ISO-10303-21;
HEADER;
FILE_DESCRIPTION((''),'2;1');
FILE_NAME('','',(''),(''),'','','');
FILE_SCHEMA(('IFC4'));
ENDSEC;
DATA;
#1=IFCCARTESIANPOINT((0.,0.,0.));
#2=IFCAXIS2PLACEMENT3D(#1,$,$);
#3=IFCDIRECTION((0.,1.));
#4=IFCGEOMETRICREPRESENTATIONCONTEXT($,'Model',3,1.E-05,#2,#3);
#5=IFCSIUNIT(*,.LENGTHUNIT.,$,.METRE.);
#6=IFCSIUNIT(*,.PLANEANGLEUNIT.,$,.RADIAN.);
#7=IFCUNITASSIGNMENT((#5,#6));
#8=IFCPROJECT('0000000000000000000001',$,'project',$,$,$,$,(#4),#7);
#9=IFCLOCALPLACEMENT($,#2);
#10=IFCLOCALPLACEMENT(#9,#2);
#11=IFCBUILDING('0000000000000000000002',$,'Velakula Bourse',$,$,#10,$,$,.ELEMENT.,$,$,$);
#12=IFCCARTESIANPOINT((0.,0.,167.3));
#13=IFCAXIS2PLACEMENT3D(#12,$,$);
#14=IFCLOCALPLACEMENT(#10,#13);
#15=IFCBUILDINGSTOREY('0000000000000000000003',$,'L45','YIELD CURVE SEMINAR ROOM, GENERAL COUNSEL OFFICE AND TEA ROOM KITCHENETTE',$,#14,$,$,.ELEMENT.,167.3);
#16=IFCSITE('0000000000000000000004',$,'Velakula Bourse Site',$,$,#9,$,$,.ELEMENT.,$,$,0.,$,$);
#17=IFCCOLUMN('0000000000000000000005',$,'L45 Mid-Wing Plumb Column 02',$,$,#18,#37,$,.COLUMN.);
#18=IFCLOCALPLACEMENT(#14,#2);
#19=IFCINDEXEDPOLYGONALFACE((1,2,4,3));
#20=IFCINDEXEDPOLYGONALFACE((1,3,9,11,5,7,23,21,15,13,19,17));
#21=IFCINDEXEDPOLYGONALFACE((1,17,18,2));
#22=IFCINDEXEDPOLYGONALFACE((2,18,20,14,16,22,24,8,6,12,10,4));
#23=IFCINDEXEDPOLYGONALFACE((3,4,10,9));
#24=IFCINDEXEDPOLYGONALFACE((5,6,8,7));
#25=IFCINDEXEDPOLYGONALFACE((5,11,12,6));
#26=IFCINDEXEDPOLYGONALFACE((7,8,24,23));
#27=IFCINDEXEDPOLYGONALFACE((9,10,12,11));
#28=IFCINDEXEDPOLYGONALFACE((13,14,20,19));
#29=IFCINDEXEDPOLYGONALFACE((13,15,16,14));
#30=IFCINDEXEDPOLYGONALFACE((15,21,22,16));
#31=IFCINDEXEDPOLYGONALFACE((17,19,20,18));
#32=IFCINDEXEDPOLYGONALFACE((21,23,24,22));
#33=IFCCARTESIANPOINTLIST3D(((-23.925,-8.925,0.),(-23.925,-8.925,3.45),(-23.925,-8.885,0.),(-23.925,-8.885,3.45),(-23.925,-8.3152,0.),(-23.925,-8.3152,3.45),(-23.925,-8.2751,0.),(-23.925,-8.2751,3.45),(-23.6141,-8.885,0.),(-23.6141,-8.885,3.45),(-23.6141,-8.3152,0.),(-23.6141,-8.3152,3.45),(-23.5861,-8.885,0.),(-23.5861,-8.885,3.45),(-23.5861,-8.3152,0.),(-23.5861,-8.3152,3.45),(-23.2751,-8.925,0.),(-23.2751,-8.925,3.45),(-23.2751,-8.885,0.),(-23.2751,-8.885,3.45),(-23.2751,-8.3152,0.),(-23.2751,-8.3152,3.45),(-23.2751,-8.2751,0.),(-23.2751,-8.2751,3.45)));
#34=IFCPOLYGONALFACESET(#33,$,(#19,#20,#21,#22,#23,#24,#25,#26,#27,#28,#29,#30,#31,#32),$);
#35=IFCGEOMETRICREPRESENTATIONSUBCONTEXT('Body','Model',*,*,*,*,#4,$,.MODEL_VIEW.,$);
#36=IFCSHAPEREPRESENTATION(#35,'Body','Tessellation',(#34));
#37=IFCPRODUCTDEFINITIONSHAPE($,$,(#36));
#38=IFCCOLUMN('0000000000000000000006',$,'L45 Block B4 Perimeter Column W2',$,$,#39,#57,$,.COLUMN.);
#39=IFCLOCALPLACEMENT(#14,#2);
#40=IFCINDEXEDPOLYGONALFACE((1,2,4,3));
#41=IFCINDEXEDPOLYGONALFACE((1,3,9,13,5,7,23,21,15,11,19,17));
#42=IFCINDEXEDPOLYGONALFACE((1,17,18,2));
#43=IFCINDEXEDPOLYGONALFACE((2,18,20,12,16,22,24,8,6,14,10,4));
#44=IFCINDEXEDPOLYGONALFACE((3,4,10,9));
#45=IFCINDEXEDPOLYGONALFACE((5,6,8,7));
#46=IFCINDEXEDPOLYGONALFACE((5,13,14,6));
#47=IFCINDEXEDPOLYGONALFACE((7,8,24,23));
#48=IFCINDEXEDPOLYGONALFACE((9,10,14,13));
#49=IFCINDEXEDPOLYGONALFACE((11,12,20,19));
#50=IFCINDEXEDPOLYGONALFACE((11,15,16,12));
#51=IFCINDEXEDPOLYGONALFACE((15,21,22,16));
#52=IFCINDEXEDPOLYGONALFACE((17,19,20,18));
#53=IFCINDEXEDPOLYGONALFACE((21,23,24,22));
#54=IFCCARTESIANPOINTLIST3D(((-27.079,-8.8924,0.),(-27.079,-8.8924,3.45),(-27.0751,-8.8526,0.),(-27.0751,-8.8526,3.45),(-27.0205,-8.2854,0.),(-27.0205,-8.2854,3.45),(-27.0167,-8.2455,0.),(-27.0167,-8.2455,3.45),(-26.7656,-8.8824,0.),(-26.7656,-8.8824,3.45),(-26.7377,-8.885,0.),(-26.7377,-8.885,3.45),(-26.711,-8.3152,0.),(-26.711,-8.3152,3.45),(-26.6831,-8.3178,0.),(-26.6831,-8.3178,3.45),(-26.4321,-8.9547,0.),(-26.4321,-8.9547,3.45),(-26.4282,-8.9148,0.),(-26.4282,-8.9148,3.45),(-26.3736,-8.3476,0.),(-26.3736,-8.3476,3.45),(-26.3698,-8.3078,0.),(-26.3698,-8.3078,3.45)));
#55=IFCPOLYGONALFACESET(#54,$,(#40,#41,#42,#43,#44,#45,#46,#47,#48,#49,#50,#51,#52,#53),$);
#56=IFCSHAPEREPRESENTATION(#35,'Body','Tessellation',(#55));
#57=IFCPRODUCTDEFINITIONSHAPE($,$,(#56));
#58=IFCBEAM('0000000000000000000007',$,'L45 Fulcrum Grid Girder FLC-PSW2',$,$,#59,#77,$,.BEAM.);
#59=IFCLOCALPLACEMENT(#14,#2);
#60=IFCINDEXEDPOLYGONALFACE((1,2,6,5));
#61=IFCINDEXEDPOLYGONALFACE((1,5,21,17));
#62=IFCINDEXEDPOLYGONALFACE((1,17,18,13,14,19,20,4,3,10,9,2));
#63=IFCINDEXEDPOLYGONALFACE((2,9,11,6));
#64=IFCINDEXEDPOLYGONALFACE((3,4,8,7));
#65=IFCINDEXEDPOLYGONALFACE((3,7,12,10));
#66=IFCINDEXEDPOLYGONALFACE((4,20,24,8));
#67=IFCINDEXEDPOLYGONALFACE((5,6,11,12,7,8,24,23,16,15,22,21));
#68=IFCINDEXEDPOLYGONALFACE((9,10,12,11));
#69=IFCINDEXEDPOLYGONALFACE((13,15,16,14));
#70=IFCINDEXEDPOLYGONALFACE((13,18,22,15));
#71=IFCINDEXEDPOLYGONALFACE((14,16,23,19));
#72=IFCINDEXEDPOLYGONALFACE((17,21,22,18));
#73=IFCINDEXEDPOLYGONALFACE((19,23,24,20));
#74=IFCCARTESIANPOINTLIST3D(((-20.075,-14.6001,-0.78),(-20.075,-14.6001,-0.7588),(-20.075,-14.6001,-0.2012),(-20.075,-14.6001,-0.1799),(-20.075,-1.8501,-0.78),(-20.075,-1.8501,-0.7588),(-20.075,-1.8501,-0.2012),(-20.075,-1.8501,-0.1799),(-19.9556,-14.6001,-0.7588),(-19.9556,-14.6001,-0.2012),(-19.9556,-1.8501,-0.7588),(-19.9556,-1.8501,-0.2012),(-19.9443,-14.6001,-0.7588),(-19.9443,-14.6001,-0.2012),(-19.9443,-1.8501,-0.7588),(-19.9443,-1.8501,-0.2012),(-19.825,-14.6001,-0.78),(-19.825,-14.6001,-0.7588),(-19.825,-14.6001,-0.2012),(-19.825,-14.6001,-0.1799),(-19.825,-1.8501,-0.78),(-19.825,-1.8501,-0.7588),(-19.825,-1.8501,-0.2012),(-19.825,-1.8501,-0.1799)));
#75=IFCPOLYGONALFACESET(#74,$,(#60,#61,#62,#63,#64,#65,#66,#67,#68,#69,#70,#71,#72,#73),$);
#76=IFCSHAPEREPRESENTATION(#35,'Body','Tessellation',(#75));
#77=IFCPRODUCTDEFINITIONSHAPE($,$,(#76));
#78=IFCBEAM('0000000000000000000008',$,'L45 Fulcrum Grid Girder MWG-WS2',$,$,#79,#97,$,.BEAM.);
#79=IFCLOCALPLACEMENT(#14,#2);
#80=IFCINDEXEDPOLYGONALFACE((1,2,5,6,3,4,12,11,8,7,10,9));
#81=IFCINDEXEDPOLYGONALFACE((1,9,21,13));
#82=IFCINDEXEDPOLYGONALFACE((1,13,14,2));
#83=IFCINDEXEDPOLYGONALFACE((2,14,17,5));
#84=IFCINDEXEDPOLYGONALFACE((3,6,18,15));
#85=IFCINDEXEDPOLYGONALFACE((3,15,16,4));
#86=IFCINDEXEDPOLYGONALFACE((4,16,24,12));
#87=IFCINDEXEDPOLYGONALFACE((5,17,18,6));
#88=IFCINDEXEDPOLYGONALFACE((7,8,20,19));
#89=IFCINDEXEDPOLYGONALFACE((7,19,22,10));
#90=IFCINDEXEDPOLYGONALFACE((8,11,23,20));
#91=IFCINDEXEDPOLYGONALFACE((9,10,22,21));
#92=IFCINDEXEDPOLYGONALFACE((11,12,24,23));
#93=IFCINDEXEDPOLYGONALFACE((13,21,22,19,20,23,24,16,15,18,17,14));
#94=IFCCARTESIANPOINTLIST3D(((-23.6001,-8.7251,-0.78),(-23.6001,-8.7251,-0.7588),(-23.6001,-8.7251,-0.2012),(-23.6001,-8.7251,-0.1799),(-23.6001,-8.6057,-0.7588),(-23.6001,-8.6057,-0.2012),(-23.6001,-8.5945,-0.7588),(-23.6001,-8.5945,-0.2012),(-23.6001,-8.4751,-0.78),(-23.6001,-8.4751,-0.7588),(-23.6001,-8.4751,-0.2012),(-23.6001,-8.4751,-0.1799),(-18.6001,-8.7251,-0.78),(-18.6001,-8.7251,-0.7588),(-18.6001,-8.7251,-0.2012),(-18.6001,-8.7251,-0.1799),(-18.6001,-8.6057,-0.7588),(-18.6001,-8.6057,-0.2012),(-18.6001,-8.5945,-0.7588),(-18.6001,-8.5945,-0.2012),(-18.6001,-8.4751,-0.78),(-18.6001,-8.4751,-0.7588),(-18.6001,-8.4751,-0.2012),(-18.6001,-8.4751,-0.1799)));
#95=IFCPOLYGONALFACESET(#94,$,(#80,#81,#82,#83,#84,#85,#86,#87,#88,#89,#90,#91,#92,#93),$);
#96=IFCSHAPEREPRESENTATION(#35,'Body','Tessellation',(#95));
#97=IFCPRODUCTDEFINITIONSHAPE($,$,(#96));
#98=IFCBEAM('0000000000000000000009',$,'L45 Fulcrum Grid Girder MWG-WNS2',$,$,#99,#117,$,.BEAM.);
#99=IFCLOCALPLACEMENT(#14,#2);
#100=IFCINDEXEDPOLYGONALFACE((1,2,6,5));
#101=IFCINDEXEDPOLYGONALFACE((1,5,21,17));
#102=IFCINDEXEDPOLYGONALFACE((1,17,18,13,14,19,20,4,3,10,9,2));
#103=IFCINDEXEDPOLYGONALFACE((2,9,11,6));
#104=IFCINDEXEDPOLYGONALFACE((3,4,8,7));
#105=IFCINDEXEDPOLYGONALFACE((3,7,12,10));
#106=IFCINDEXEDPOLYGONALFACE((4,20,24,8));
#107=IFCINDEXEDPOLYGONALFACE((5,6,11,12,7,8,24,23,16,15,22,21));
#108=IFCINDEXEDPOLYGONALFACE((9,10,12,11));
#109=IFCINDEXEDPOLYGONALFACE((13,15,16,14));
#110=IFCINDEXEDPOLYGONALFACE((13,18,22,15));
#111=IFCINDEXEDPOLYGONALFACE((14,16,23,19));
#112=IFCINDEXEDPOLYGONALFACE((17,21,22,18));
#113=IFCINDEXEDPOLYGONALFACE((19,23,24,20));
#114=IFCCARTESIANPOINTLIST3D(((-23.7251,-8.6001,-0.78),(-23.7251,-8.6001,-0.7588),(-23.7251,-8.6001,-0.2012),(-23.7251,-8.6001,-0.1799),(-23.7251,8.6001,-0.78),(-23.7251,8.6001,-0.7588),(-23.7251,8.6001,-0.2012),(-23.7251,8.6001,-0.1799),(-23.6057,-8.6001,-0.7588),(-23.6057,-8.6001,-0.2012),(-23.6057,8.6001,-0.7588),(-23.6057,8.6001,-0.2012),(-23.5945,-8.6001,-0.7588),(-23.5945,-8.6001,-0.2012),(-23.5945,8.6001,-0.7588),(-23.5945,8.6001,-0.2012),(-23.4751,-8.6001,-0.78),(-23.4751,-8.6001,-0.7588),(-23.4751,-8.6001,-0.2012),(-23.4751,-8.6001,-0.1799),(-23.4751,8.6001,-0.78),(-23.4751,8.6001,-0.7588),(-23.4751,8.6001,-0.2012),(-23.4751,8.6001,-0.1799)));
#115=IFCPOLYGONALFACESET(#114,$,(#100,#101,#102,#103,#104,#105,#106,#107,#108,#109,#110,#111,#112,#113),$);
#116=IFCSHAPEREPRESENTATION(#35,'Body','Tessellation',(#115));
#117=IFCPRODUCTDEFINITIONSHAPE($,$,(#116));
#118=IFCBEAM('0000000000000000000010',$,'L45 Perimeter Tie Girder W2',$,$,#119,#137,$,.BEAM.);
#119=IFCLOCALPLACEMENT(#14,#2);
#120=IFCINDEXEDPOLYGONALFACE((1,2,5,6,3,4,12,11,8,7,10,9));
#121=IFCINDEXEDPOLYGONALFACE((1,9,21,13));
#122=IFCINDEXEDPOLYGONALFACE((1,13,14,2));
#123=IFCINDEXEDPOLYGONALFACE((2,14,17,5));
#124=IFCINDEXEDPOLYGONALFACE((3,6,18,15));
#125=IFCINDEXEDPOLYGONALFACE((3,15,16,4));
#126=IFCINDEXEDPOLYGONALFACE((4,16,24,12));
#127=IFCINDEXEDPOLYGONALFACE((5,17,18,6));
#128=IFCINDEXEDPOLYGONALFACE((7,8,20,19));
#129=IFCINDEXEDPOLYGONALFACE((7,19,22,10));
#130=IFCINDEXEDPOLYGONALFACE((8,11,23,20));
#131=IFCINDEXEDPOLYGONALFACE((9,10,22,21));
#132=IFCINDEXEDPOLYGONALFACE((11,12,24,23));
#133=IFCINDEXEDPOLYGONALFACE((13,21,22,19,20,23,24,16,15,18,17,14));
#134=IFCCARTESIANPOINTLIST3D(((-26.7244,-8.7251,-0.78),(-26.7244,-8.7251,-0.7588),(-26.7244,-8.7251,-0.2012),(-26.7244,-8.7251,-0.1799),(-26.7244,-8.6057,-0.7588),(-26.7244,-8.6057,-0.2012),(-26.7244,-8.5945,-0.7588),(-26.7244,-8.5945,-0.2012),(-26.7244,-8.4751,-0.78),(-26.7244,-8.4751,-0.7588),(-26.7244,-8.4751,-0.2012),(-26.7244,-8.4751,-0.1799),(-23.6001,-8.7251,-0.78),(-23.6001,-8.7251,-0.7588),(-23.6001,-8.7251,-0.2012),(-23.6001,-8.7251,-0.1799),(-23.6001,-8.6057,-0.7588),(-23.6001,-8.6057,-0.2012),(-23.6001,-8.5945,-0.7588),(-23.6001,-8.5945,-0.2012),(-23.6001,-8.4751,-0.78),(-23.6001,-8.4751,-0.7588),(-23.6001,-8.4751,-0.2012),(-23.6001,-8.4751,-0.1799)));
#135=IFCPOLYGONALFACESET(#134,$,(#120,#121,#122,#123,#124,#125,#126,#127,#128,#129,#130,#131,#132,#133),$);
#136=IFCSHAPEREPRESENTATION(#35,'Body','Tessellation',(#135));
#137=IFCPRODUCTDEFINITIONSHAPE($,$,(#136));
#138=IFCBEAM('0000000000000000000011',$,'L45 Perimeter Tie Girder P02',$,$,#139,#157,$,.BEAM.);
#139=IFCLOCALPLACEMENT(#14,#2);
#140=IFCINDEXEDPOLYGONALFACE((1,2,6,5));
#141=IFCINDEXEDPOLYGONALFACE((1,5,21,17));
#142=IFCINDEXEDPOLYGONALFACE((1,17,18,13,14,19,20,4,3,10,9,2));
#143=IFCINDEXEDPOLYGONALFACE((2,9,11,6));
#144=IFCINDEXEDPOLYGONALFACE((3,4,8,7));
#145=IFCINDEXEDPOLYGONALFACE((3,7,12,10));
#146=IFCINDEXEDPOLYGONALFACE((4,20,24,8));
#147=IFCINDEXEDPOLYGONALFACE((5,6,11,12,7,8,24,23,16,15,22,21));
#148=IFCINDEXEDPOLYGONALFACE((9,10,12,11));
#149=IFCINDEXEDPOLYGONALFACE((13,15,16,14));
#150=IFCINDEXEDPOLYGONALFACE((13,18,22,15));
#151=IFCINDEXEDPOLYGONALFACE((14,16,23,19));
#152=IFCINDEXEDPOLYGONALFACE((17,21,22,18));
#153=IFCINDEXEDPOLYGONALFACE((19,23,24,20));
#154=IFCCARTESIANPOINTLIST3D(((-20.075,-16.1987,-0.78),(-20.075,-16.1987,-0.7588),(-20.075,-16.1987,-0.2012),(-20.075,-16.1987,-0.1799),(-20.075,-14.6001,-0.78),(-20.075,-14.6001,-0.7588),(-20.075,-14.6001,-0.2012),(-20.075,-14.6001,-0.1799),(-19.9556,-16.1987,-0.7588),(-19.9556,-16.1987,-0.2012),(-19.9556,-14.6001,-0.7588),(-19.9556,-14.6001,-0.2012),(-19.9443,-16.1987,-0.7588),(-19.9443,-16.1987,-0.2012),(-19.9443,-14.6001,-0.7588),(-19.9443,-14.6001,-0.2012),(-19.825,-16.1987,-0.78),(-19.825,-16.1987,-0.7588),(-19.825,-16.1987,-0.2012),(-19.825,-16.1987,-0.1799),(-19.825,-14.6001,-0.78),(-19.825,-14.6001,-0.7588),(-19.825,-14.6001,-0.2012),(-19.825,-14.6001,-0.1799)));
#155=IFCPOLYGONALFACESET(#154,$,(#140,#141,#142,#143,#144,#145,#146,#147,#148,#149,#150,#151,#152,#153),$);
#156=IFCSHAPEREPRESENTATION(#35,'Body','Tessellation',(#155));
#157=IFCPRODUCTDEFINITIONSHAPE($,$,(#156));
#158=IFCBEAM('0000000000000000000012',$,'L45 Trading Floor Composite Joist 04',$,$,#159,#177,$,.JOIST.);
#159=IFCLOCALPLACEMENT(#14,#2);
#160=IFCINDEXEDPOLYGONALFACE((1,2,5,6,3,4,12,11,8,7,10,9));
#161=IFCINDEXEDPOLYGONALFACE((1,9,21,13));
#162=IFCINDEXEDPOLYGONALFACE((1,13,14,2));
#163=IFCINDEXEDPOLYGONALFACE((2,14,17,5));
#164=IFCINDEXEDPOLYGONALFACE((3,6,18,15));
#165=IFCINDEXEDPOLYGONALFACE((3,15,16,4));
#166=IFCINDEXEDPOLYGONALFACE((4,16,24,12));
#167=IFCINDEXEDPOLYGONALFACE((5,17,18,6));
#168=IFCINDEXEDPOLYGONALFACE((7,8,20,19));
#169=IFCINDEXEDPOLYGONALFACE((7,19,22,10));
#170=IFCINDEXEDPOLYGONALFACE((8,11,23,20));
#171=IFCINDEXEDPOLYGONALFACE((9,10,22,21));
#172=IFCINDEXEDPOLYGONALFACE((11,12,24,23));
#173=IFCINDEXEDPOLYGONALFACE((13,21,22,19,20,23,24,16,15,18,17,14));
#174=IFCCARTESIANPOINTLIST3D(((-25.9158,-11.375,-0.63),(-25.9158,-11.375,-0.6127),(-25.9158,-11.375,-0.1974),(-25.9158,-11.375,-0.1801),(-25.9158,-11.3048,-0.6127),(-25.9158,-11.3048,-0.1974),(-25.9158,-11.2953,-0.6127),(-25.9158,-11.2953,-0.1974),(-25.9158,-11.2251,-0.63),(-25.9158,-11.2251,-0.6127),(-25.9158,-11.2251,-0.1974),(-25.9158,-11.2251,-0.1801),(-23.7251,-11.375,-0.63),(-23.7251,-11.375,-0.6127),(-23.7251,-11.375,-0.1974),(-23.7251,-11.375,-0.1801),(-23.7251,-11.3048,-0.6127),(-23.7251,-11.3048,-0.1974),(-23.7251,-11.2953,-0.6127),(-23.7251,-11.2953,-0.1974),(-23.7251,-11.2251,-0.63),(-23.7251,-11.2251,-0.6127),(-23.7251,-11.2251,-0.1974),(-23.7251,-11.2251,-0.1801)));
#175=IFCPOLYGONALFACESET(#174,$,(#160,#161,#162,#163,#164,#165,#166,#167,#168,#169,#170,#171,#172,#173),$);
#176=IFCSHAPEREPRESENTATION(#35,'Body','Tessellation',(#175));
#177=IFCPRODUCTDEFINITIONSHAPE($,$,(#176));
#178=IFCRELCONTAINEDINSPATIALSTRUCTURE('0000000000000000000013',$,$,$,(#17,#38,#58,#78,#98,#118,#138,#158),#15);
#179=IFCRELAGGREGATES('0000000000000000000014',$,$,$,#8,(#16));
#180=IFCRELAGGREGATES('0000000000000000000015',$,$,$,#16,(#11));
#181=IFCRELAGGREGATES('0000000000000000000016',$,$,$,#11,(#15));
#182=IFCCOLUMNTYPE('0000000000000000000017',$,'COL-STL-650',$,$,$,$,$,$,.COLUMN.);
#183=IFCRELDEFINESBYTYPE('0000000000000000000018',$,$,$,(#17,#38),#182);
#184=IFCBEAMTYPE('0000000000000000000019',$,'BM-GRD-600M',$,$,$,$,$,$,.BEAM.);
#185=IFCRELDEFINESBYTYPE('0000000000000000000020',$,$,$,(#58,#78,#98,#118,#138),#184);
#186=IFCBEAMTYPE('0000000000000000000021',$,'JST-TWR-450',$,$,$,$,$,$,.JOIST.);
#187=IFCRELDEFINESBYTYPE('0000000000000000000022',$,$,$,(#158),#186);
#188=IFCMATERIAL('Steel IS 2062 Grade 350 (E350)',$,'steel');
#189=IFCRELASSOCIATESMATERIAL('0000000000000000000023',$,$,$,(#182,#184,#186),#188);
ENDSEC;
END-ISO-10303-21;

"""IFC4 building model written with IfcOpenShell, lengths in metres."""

from ifc_helpers import new_model, si_unit, direction, frame, origin, origin_2d, place, context, subcontext, project, spatial, i_section, extrude, material, material_profile, profile_set, type_object, element, save


model = new_model("IFC4")

# Units and contexts
model_context = context("Model", 3, precision=1e-05, world=origin(), true_north=direction((0.0, 1.0)))
body_context = subcontext(model_context, "Body", "Model", "MODEL_VIEW")
ifc_project = project(units=[si_unit("LENGTHUNIT", "METRE"), si_unit("PLANEANGLEUNIT", "RADIAN")], contexts=[model_context])

# Site, building, storey
site_placement = place(None, origin())
site = spatial("IfcSite", under=ifc_project, at=site_placement, Name="Velakula Bourse Site", CompositionType="ELEMENT", RefElevation=0.0)
building_placement = place(site_placement, origin())
building = spatial("IfcBuilding", under=site, at=building_placement, Name="Velakula Bourse", CompositionType="ELEMENT")
storey_placement = place(building_placement, frame((0.0, 0.0, 167.3)))
storey = spatial("IfcBuildingStorey", under=building, at=storey_placement, Name="L45", Description="YIELD CURVE SEMINAR ROOM, GENERAL COUNSEL OFFICE AND TEA ROOM KITCHENETTE", CompositionType="ELEMENT", Elevation=167.3)

# Columns
ifc_material_1 = material(Name="Steel IS 2062 Grade 350 (E350)", Category="steel")
ifc_material_profile_1 = material_profile(ifc_material_1, i_section(OverallWidth=0.6499, OverallDepth=0.6499, WebThickness=0.0281, FlangeThickness=0.04, at=origin_2d()), Name="Steel IS 2062 Grade 350 (E350)")
ifc_profile_set_1 = profile_set([ifc_material_profile_1], Name="Steel IS 2062 Grade 350 (E350)")
column_type = type_object("IfcColumnType", Name="COL-STL-650", PredefinedType="COLUMN", material=ifc_profile_set_1)
for number, where, z_axis, x_axis, name in (
    (1, (-23.6001, -8.6001, 0.0), (0.0, 0.0, 1.0), (1.0, 0.0, 0.0), "L45 Mid-Wing Plumb Column 02"),
    (2, (-26.7244, -8.6001, 0.0), (0.0, 0.0, 1.0), (0.995396, -0.095846, 0.0), "L45 Block B4 Perimeter Column W2"),
):
    element("IfcColumn", number, at=place(storey_placement, frame(where, z_axis=z_axis, x_axis=x_axis)), inside=storey, type_object=column_type, Name=name, PredefinedType="COLUMN", context=body_context, shape_type="SweptSolid", body=[
        extrude(i_section(OverallWidth=0.6499, OverallDepth=0.6499, WebThickness=0.0281, FlangeThickness=0.04, at=origin_2d()), origin(), (0.0, 0.0, 1.0), 3.45),
    ])

# Beams
ifc_material_profile_2 = material_profile(ifc_material_1, i_section(OverallWidth=0.25, OverallDepth=0.6001, WebThickness=0.0112, FlangeThickness=0.0212, at=origin_2d()), Name="Steel IS 2062 Grade 350 (E350)")
ifc_profile_set_2 = profile_set([ifc_material_profile_2], Name="Steel IS 2062 Grade 350 (E350)")
beam_type_1 = type_object("IfcBeamType", Name="BM-GRD-600M", PredefinedType="BEAM", material=ifc_profile_set_2)
beam_1_placement = place(storey_placement, frame((-19.95, -14.6001, -0.48), z_axis=(0.0, 1.0, 0.0), x_axis=(-1.0, 0.0, 0.0)))
element("IfcBeam", 3, at=beam_1_placement, inside=storey, type_object=beam_type_1, Name="L45 Fulcrum Grid Girder FLC-PSW2", PredefinedType="BEAM", context=body_context, shape_type="SweptSolid", body=[
    extrude(i_section(OverallWidth=0.25, OverallDepth=0.6001, WebThickness=0.0112, FlangeThickness=0.0212, at=origin_2d()), origin(), (0.0, 0.0, 1.0), 12.75),
])
beam_2_placement = place(storey_placement, frame((-23.6001, -8.6001, -0.48), z_axis=(1.0, 0.0, 0.0), x_axis=(0.0, 1.0, 0.0)))
element("IfcBeam", 4, at=beam_2_placement, inside=storey, type_object=beam_type_1, Name="L45 Fulcrum Grid Girder MWG-WS2", PredefinedType="BEAM", context=body_context, shape_type="SweptSolid", body=[
    extrude(i_section(OverallWidth=0.25, OverallDepth=0.6001, WebThickness=0.0112, FlangeThickness=0.0212, at=origin_2d()), origin(), (0.0, 0.0, 1.0), 5.0),
])
beam_3_placement = place(storey_placement, frame((-23.6001, -8.6001, -0.48), z_axis=(0.0, 1.0, 0.0), x_axis=(-1.0, 0.0, 0.0)))
element("IfcBeam", 5, at=beam_3_placement, inside=storey, type_object=beam_type_1, Name="L45 Fulcrum Grid Girder MWG-WNS2", PredefinedType="BEAM", context=body_context, shape_type="SweptSolid", body=[
    extrude(i_section(OverallWidth=0.25, OverallDepth=0.6001, WebThickness=0.0112, FlangeThickness=0.0212, at=origin_2d()), origin(), (0.0, 0.0, 1.0), 17.2002),
])
beam_4_placement = place(storey_placement, frame((-23.6001, -8.6001, -0.48), z_axis=(-1.0, 0.0, 0.0), x_axis=(0.0, -1.0, 0.0)))
element("IfcBeam", 6, at=beam_4_placement, inside=storey, type_object=beam_type_1, Name="L45 Perimeter Tie Girder W2", PredefinedType="BEAM", context=body_context, shape_type="SweptSolid", body=[
    extrude(i_section(OverallWidth=0.25, OverallDepth=0.6001, WebThickness=0.0112, FlangeThickness=0.0212, at=origin_2d()), origin(), (0.0, 0.0, 1.0), 3.1243),
])
beam_5_placement = place(storey_placement, frame((-19.95, -14.6001, -0.48), z_axis=(0.0, -1.0, 0.0), x_axis=(1.0, 0.0, 0.0)))
element("IfcBeam", 7, at=beam_5_placement, inside=storey, type_object=beam_type_1, Name="L45 Perimeter Tie Girder P02", PredefinedType="BEAM", context=body_context, shape_type="SweptSolid", body=[
    extrude(i_section(OverallWidth=0.25, OverallDepth=0.6001, WebThickness=0.0112, FlangeThickness=0.0212, at=origin_2d()), origin(), (0.0, 0.0, 1.0), 1.5986),
])
ifc_material_profile_3 = material_profile(ifc_material_1, i_section(OverallWidth=0.1499, OverallDepth=0.45, WebThickness=0.0095, FlangeThickness=0.0173, at=origin_2d()), Name="Steel IS 2062 Grade 350 (E350)")
ifc_profile_set_3 = profile_set([ifc_material_profile_3], Name="Steel IS 2062 Grade 350 (E350)")
beam_type_2 = type_object("IfcBeamType", Name="JST-TWR-450", PredefinedType="JOIST", material=ifc_profile_set_3)
beam_6_placement = place(storey_placement, frame((-25.9158, -11.3, -0.405), z_axis=(1.0, 0.0, 0.0), x_axis=(0.0, 1.0, 0.0)))
element("IfcBeam", 8, at=beam_6_placement, inside=storey, type_object=beam_type_2, Name="L45 Trading Floor Composite Joist 04", PredefinedType="JOIST", context=body_context, shape_type="SweptSolid", body=[
    extrude(i_section(OverallWidth=0.1499, OverallDepth=0.45, WebThickness=0.0095, FlangeThickness=0.0173, at=origin_2d()), origin(), (0.0, 0.0, 1.0), 2.1907),
])

save(model, "model.ifc")
